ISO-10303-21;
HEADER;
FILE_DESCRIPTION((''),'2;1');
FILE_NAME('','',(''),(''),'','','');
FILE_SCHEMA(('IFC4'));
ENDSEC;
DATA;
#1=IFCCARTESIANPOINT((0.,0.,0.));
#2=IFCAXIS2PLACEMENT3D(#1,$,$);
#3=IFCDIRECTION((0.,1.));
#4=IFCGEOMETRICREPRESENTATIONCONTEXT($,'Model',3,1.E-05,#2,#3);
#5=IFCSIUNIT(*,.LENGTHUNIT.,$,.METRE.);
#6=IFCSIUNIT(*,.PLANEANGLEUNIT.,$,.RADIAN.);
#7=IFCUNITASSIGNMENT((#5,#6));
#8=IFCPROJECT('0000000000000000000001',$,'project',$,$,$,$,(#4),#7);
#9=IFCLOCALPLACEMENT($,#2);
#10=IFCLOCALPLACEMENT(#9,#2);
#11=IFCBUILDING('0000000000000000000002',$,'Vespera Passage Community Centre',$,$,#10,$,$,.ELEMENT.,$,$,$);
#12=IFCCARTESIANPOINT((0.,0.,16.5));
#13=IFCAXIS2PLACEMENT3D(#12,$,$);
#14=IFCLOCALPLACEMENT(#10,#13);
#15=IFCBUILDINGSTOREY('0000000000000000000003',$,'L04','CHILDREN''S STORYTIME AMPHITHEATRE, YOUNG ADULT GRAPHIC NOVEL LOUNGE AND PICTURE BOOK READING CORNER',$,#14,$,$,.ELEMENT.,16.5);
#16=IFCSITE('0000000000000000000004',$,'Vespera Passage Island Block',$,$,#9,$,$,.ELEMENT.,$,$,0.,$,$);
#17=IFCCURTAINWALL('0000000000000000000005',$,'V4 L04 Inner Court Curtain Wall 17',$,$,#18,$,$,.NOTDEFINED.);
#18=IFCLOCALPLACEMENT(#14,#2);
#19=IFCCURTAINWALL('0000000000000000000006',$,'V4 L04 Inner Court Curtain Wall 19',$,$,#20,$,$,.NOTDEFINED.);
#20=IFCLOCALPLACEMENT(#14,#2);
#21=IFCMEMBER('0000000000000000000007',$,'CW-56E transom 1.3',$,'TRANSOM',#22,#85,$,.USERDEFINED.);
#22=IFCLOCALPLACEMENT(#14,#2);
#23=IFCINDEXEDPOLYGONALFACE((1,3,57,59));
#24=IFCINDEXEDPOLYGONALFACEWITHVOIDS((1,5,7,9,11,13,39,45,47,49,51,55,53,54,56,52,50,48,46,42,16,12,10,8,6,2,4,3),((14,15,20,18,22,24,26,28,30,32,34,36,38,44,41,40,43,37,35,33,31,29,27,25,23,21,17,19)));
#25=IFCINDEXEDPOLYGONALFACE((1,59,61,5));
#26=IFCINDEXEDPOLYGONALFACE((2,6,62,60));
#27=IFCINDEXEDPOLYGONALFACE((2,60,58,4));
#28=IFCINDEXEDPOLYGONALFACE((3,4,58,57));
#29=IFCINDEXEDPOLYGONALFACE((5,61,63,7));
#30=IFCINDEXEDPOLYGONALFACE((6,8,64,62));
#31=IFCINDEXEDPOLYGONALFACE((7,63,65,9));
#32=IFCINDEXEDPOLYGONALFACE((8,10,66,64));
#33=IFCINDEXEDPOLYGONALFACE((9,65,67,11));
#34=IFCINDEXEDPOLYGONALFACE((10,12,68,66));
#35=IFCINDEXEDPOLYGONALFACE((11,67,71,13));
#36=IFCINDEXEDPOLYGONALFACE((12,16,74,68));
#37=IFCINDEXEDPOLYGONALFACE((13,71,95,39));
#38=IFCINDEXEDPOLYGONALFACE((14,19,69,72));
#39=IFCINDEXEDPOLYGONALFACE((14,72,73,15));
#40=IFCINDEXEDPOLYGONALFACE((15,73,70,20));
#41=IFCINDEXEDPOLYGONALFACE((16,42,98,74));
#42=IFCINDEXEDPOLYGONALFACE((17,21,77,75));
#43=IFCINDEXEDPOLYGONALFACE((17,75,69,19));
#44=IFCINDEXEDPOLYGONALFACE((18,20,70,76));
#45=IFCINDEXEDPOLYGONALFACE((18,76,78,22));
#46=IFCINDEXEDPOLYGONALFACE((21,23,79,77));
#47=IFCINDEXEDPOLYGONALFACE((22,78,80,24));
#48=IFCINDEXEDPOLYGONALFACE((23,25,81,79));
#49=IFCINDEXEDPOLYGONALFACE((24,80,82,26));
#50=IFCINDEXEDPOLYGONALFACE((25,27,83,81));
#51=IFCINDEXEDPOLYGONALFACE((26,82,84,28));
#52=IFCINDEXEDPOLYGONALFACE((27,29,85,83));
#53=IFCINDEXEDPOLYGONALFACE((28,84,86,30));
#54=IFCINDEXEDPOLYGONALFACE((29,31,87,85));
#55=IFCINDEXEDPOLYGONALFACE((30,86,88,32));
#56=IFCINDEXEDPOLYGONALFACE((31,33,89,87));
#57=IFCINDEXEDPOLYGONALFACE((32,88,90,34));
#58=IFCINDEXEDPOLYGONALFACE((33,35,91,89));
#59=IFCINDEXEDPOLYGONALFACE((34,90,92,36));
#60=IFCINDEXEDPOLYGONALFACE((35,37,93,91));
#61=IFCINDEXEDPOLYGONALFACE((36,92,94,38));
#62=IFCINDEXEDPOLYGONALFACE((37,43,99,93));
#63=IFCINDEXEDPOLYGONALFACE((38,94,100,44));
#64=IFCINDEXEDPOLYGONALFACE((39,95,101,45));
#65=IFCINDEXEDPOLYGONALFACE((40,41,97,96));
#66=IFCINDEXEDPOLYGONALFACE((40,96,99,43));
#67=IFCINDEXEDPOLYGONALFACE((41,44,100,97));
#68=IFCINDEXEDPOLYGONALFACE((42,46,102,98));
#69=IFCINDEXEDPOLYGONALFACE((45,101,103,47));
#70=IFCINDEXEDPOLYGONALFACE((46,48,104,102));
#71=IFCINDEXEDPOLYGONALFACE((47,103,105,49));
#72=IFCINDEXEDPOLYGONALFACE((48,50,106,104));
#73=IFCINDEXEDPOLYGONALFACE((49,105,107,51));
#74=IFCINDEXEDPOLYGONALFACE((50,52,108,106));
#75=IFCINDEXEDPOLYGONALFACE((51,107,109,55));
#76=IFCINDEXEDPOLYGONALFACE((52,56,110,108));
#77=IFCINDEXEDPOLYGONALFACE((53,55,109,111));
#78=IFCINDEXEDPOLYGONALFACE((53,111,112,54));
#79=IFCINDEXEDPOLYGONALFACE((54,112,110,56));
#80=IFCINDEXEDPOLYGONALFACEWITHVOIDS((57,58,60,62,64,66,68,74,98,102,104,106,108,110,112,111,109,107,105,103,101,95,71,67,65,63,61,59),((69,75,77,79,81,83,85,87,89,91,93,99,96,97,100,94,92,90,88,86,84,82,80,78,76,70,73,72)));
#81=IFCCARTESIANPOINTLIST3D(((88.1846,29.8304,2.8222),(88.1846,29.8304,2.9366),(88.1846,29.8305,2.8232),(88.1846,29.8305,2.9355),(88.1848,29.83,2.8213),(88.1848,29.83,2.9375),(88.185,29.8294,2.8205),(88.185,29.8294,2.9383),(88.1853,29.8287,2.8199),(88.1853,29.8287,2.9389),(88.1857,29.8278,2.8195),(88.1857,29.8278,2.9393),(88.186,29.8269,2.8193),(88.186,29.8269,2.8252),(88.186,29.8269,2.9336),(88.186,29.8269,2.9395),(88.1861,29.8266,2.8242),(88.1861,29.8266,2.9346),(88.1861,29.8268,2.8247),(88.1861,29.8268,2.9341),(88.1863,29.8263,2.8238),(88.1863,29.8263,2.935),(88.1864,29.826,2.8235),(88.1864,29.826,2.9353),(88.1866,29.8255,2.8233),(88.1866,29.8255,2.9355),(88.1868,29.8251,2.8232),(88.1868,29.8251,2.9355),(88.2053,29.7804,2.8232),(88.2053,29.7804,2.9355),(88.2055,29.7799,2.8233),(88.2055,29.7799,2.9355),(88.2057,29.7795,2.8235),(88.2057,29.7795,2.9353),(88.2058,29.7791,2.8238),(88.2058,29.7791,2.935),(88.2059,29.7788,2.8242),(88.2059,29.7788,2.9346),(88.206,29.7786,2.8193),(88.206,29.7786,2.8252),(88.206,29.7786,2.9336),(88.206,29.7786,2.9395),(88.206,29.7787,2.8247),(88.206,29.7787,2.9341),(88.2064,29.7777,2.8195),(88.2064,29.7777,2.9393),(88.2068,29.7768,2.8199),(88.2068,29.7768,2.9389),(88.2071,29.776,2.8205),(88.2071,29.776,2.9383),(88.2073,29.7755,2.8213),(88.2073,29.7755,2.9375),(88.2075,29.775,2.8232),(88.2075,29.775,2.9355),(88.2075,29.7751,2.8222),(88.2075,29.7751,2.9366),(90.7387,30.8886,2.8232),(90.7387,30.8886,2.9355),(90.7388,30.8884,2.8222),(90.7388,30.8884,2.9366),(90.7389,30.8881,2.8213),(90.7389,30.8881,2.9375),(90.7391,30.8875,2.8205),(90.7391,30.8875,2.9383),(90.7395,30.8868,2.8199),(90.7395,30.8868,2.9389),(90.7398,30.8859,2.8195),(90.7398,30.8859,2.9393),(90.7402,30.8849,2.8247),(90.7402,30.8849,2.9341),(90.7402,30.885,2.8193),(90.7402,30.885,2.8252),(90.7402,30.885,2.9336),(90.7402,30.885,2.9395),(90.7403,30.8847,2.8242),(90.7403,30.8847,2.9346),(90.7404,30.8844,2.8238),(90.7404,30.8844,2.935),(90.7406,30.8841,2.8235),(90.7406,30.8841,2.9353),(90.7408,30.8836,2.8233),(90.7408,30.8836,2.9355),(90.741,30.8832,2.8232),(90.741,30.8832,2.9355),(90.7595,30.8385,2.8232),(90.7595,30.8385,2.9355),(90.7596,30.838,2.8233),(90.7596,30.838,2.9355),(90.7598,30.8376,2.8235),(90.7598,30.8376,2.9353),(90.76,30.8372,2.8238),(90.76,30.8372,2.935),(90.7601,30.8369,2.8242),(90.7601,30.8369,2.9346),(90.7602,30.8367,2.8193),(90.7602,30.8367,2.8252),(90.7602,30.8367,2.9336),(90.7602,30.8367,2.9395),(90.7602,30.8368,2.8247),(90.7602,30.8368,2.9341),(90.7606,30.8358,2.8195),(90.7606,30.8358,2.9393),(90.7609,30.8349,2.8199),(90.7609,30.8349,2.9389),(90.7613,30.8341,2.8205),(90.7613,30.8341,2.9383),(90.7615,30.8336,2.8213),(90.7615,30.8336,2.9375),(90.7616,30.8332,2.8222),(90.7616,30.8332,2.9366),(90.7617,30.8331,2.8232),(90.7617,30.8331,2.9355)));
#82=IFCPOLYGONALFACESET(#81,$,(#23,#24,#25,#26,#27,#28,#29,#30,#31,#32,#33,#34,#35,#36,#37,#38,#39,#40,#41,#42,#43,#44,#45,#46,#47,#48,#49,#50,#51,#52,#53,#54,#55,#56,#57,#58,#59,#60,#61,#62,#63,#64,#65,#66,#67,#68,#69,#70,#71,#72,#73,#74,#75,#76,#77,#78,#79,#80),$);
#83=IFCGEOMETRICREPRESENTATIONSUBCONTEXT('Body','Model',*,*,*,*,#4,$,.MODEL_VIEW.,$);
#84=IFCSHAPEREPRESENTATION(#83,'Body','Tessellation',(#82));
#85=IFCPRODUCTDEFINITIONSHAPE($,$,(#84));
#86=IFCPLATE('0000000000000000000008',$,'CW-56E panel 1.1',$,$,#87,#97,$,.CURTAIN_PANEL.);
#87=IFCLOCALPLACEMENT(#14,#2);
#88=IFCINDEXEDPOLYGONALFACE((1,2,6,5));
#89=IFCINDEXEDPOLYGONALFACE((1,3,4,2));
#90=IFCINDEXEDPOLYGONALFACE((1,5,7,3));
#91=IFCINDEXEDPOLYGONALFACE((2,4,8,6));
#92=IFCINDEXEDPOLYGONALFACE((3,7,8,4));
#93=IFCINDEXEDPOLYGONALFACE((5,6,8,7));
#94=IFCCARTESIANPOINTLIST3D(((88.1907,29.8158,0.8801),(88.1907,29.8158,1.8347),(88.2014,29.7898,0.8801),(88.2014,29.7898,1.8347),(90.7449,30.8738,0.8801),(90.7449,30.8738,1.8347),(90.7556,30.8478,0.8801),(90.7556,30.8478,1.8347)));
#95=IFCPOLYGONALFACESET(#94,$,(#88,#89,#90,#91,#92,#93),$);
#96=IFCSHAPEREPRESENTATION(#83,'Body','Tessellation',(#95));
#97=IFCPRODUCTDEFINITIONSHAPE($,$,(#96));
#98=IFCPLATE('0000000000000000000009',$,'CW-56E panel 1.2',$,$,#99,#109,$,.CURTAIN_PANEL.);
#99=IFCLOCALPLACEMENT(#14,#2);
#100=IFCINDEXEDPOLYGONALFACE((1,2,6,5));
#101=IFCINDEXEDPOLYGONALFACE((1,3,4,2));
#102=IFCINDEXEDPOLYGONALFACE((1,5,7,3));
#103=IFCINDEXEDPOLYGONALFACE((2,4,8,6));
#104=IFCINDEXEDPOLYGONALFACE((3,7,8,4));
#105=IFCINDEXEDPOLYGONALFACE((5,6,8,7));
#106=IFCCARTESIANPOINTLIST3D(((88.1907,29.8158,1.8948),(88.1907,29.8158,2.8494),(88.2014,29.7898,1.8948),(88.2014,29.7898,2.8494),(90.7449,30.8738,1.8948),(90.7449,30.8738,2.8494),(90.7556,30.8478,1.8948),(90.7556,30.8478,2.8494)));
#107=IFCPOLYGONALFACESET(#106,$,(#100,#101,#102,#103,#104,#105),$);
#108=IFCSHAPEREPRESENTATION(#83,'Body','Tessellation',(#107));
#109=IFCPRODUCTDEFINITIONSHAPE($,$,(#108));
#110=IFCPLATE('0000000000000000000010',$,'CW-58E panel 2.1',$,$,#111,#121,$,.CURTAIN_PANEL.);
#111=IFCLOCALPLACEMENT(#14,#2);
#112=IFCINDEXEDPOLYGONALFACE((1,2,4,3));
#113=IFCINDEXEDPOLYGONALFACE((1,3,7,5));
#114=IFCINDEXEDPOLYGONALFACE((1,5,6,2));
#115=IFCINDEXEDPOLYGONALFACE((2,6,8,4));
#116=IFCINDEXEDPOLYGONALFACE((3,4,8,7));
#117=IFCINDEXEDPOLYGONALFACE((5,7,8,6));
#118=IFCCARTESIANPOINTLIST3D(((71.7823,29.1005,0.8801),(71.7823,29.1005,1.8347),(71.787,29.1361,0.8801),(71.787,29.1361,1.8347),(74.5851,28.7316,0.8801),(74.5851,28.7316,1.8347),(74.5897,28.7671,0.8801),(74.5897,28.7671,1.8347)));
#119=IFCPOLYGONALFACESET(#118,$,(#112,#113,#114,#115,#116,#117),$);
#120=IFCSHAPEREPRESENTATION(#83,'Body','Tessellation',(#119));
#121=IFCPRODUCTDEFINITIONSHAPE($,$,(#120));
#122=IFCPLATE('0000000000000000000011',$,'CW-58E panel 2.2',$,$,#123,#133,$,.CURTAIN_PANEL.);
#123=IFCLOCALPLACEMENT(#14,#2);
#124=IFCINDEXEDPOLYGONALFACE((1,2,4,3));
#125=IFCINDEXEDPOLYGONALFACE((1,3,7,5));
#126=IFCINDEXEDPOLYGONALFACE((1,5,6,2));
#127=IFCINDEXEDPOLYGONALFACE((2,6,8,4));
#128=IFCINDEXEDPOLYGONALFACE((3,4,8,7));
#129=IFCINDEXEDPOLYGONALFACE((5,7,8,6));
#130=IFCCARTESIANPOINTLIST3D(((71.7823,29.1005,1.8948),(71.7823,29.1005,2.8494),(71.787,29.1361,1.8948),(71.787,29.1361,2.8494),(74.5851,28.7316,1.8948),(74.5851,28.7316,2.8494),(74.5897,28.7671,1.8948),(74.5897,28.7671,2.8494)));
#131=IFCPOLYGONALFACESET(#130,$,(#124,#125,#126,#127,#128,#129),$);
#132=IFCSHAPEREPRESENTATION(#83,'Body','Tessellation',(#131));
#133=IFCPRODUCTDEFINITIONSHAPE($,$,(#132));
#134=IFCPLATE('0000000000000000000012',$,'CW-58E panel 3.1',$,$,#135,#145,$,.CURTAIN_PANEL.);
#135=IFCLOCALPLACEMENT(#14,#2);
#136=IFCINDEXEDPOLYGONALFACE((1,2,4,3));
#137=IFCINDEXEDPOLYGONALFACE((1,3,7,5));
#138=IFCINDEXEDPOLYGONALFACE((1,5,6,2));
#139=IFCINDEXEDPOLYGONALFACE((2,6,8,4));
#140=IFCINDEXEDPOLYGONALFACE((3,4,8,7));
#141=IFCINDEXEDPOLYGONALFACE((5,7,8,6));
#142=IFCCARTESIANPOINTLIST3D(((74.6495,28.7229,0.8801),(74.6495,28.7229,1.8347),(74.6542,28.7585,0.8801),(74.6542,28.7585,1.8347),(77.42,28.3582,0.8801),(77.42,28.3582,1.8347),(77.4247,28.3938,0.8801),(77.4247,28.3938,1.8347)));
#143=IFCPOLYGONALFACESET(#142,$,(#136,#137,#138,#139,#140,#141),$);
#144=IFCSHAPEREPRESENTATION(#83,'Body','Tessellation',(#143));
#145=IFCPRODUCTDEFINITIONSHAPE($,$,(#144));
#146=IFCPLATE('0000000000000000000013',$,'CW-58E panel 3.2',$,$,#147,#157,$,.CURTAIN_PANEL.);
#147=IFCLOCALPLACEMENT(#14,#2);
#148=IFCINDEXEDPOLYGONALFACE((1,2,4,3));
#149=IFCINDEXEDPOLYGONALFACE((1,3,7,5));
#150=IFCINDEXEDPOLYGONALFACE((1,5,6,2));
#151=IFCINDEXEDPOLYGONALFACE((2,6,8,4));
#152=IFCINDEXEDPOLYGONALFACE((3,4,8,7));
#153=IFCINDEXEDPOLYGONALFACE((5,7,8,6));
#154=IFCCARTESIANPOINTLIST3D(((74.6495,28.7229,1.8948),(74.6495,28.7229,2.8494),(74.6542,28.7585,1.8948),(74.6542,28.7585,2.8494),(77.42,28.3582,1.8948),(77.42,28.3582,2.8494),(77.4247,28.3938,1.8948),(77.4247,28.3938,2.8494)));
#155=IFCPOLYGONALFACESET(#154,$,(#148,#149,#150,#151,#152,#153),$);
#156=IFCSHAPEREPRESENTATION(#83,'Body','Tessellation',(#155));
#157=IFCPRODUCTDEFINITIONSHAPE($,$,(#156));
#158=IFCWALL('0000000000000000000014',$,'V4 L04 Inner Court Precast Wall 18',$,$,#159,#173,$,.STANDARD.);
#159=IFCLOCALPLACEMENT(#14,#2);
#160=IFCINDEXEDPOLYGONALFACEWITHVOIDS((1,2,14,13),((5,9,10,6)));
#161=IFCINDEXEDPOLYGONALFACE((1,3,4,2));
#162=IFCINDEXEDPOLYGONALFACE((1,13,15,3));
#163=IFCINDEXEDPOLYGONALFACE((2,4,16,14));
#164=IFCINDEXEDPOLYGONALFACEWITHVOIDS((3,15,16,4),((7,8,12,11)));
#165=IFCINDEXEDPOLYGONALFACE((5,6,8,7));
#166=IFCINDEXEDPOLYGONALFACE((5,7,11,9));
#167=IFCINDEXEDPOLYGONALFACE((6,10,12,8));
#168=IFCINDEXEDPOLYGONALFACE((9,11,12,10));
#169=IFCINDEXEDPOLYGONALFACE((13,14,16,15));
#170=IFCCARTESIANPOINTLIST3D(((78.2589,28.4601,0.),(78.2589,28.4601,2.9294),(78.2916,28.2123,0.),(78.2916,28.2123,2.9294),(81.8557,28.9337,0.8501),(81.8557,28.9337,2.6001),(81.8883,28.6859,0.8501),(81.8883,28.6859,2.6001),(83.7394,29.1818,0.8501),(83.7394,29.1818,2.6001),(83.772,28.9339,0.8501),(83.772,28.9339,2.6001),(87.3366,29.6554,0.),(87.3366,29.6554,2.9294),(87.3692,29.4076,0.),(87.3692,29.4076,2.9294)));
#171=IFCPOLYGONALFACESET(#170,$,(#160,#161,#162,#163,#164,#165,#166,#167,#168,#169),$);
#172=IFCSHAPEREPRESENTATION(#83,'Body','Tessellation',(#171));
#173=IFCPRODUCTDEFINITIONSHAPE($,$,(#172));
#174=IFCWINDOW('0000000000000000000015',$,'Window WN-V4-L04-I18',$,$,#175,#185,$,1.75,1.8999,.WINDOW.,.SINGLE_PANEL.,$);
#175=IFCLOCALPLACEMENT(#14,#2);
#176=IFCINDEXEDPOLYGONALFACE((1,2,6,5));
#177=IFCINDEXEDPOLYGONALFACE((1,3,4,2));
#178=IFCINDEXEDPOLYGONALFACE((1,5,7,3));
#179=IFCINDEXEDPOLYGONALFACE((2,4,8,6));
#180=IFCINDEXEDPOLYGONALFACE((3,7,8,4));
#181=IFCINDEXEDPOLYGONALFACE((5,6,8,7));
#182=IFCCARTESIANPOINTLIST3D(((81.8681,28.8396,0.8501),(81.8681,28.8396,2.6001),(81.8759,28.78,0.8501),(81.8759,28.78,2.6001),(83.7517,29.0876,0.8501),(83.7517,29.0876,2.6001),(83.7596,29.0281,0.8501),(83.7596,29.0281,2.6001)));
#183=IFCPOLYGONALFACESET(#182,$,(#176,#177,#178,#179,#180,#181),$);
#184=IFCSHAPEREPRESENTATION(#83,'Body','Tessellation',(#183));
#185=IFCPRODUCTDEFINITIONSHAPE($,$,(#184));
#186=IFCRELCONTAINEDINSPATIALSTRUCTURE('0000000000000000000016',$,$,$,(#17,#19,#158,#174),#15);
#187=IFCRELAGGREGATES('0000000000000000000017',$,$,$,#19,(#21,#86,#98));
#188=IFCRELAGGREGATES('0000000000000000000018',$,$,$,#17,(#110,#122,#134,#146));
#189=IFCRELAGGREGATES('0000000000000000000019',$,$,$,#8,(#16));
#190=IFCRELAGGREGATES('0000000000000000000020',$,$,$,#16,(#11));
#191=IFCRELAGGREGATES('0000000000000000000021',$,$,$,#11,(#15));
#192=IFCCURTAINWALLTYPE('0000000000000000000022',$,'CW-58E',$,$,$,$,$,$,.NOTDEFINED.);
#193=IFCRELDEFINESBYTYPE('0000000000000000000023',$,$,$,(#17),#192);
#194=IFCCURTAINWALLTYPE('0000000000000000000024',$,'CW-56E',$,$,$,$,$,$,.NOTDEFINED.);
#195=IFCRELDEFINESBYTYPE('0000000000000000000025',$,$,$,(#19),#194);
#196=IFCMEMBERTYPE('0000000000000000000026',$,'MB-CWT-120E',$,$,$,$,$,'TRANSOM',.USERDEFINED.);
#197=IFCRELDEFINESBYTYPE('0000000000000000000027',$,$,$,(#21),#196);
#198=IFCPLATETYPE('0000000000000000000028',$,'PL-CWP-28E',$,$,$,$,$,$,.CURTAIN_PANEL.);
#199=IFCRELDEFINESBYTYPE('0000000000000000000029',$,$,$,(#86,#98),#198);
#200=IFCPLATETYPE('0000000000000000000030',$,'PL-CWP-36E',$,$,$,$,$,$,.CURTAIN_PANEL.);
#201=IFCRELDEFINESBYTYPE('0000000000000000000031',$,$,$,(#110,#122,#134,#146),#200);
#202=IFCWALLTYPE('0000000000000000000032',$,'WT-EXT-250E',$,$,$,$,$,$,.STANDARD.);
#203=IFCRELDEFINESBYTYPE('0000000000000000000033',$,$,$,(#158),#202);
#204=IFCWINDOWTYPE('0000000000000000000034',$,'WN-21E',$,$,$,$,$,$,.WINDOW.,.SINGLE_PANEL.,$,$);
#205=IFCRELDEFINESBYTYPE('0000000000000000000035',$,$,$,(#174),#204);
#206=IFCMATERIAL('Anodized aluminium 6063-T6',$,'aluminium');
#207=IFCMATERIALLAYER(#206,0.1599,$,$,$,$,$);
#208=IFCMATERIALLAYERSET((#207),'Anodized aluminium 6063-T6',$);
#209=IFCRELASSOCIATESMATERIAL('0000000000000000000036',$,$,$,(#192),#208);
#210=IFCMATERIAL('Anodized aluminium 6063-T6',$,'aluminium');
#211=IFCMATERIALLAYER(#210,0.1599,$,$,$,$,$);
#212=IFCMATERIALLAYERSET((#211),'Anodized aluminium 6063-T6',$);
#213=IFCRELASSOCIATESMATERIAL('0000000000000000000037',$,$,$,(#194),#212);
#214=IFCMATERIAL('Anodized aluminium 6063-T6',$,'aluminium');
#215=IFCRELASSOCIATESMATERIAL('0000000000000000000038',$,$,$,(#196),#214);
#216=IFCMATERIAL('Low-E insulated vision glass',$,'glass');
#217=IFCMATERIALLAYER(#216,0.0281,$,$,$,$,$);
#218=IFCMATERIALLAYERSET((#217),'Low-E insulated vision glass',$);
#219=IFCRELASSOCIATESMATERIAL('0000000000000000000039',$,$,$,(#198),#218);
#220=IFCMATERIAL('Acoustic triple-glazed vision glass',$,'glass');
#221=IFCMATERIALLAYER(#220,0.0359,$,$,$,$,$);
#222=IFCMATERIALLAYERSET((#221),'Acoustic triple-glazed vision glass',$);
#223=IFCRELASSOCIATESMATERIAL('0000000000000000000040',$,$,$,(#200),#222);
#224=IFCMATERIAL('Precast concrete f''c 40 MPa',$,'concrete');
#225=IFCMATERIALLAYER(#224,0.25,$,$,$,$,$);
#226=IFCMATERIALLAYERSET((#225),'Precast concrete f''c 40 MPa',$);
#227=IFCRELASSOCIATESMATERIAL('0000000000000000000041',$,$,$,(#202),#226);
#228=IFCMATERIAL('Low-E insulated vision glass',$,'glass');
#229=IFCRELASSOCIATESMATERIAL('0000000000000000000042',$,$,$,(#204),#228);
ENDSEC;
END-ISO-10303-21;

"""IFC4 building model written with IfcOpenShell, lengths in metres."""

from ifc_helpers import new_model, si_unit, direction, frame, frame_2d, origin, origin_2d, place, context, subcontext, project, spatial, rectangle, hollow_rectangle, extrude, material, layer, layer_set, material_profile, profile_set, type_object, element, fill, aggregate, save


model = new_model("IFC4")

# Units and contexts
model_context = context("Model", 3, precision=1e-05, world=origin(), true_north=direction((0.0, 1.0)))
body_context = subcontext(model_context, "Body", "Model", "MODEL_VIEW")
ifc_project = project(units=[si_unit("LENGTHUNIT", "METRE"), si_unit("PLANEANGLEUNIT", "RADIAN")], contexts=[model_context])

# Site, building, storey
site_placement = place(None, origin())
site = spatial("IfcSite", under=ifc_project, at=site_placement, Name="Vespera Passage Island Block", CompositionType="ELEMENT", RefElevation=0.0)
building_placement = place(site_placement, origin())
building = spatial("IfcBuilding", under=site, at=building_placement, Name="Vespera Passage Community Centre", CompositionType="ELEMENT")
storey_placement = place(building_placement, frame((0.0, 0.0, 16.5)))
storey = spatial("IfcBuildingStorey", under=building, at=storey_placement, Name="L04", Description="CHILDREN'S STORYTIME AMPHITHEATRE, YOUNG ADULT GRAPHIC NOVEL LOUNGE AND PICTURE BOOK READING CORNER", CompositionType="ELEMENT", Elevation=16.5)

# Curtain wall
ifc_material_1 = material(Name="Anodized aluminium 6063-T6", Category="aluminium")
ifc_layer_1 = layer(ifc_material_1, 0.1599)
ifc_layer_set_1 = layer_set([ifc_layer_1], Name="Anodized aluminium 6063-T6")
curtain_wall_type_1 = type_object("IfcCurtainWallType", Name="CW-58E", PredefinedType="NOTDEFINED", material=ifc_layer_set_1)
curtain_wall_1_placement = place(storey_placement, origin())
curtain_wall_1 = element("IfcCurtainWall", 1, at=curtain_wall_1_placement, inside=storey, type_object=curtain_wall_type_1, Name="V4 L04 Inner Court Curtain Wall 17", PredefinedType="NOTDEFINED")

# Curtain wall
ifc_material_2 = material(Name="Anodized aluminium 6063-T6", Category="aluminium")
ifc_layer_2 = layer(ifc_material_2, 0.1599)
ifc_layer_set_2 = layer_set([ifc_layer_2], Name="Anodized aluminium 6063-T6")
curtain_wall_type_2 = type_object("IfcCurtainWallType", Name="CW-56E", PredefinedType="NOTDEFINED", material=ifc_layer_set_2)
curtain_wall_2_placement = place(storey_placement, origin())
curtain_wall_2 = element("IfcCurtainWall", 2, at=curtain_wall_2_placement, inside=storey, type_object=curtain_wall_type_2, Name="V4 L04 Inner Court Curtain Wall 19", PredefinedType="NOTDEFINED")

# Member
ifc_material_3 = material(Name="Anodized aluminium 6063-T6", Category="aluminium")
ifc_material_profile_1 = material_profile(ifc_material_3, hollow_rectangle(XDim=0.0601, YDim=0.1201, WallThickness=0.0039, InnerFilletRadius=0.002, OuterFilletRadius=0.0039, at=origin_2d()), Name="ALU120X60X4")
ifc_profile_set_1 = profile_set([ifc_material_profile_1], Name="Anodized aluminium 6063-T6")
member_type_1 = type_object("IfcMemberType", Name="MB-CWT-120E", ElementType="TRANSOM", PredefinedType="USERDEFINED", material=ifc_profile_set_1)
member_1_placement = place(storey_placement, frame((88.196, 29.8027, 2.8794), z_axis=(0.923864, 0.382721, 0.0), x_axis=(-0.382721, 0.923864, 0.0)))
member_1 = element("IfcMember", 3, at=member_1_placement, type_object=member_type_1, Name="CW-56E transom 1.3", ObjectType="TRANSOM", PredefinedType="USERDEFINED", context=body_context, shape_type="SweptSolid", body=[
    extrude(hollow_rectangle(XDim=0.0601, YDim=0.1201, WallThickness=0.0039, InnerFilletRadius=0.002, OuterFilletRadius=0.0039, at=origin_2d()), origin(), (0.0, 0.0, 1.0), 2.7646),
])

# Plates
ifc_material_4 = material(Name="Low-E insulated vision glass", Category="glass")
ifc_layer_3 = layer(ifc_material_4, 0.0281)
ifc_layer_set_3 = layer_set([ifc_layer_3], Name="Low-E insulated vision glass")
plate_type_1 = type_object("IfcPlateType", Name="PL-CWP-28E", PredefinedType="CURTAIN_PANEL", material=ifc_layer_set_3)
plate_1_placement = place(storey_placement, frame((89.4731, 30.3318, 0.8801), z_axis=(0.0, 0.0, 1.0), x_axis=(0.923877, 0.38269, 0.0)))
plate_1 = element("IfcPlate", 4, at=plate_1_placement, type_object=plate_type_1, Name="CW-56E panel 1.1", PredefinedType="CURTAIN_PANEL", context=body_context, shape_type="SweptSolid", body=[
    extrude(rectangle(XDim=2.7646, YDim=0.0281, at=origin_2d()), origin(), (0.0, 0.0, 1.0), 0.9546),
])
plate_2_placement = place(storey_placement, frame((89.4731, 30.3318, 1.8948), z_axis=(0.0, 0.0, 1.0), x_axis=(0.923877, 0.38269, 0.0)))
plate_2 = element("IfcPlate", 5, at=plate_2_placement, type_object=plate_type_1, Name="CW-56E panel 1.2", PredefinedType="CURTAIN_PANEL", context=body_context, shape_type="SweptSolid", body=[
    extrude(rectangle(XDim=2.7646, YDim=0.0281, at=origin_2d()), origin(), (0.0, 0.0, 1.0), 0.9546),
])
aggregate(curtain_wall_2, [member_1, plate_1, plate_2])
ifc_material_5 = material(Name="Acoustic triple-glazed vision glass", Category="glass")
ifc_layer_4 = layer(ifc_material_5, 0.0359)
ifc_layer_set_4 = layer_set([ifc_layer_4], Name="Acoustic triple-glazed vision glass")
plate_type_2 = type_object("IfcPlateType", Name="PL-CWP-36E", PredefinedType="CURTAIN_PANEL", material=ifc_layer_set_4)
plate_3_placement = place(storey_placement, frame((73.186, 28.9338, 0.8801), z_axis=(0.0, 0.0, 1.0), x_axis=(0.991445, -0.130522, 0.0)))
plate_3 = element("IfcPlate", 6, at=plate_3_placement, type_object=plate_type_2, Name="CW-58E panel 2.1", PredefinedType="CURTAIN_PANEL", context=body_context, shape_type="SweptSolid", body=[
    extrude(rectangle(XDim=2.8269, YDim=0.0359, at=origin_2d()), origin(), (0.0, 0.0, 1.0), 0.9546),
])
plate_4_placement = place(storey_placement, frame((73.186, 28.9338, 1.8948), z_axis=(0.0, 0.0, 1.0), x_axis=(0.991445, -0.130522, 0.0)))
plate_4 = element("IfcPlate", 7, at=plate_4_placement, type_object=plate_type_2, Name="CW-58E panel 2.2", PredefinedType="CURTAIN_PANEL", context=body_context, shape_type="SweptSolid", body=[
    extrude(rectangle(XDim=2.8269, YDim=0.0359, at=origin_2d()), origin(), (0.0, 0.0, 1.0), 0.9546),
])
plate_5_placement = place(storey_placement, frame((76.0371, 28.5583, 0.8801), z_axis=(0.0, 0.0, 1.0), x_axis=(0.991445, -0.130522, 0.0)))
plate_5 = element("IfcPlate", 8, at=plate_5_placement, type_object=plate_type_2, Name="CW-58E panel 3.1", PredefinedType="CURTAIN_PANEL", context=body_context, shape_type="SweptSolid", body=[
    extrude(rectangle(XDim=2.7944, YDim=0.0359, at=origin_2d()), origin(), (0.0, 0.0, 1.0), 0.9546),
])
plate_6_placement = place(storey_placement, frame((76.0371, 28.5583, 1.8948), z_axis=(0.0, 0.0, 1.0), x_axis=(0.991445, -0.130522, 0.0)))
plate_6 = element("IfcPlate", 9, at=plate_6_placement, type_object=plate_type_2, Name="CW-58E panel 3.2", PredefinedType="CURTAIN_PANEL", context=body_context, shape_type="SweptSolid", body=[
    extrude(rectangle(XDim=2.7944, YDim=0.0359, at=origin_2d()), origin(), (0.0, 0.0, 1.0), 0.9546),
])
aggregate(curtain_wall_1, [plate_3, plate_4, plate_5, plate_6])

# Wall, opening, window
ifc_material_6 = material(Name="Precast concrete f'c 40 MPa", Category="concrete")
ifc_layer_5 = layer(ifc_material_6, 0.25)
ifc_layer_set_5 = layer_set([ifc_layer_5], Name="Precast concrete f'c 40 MPa")
wall_type = type_object("IfcWallType", Name="WT-EXT-250E", PredefinedType="STANDARD", material=ifc_layer_set_5)
wall_1_placement = place(storey_placement, frame((78.2751, 28.3362, 0.0), z_axis=(0.0, 0.0, 1.0), x_axis=(0.991442, 0.13055, 0.0)))
wall_1 = element("IfcWall", 10, at=wall_1_placement, inside=storey, type_object=wall_type, Name="V4 L04 Inner Court Precast Wall 18", PredefinedType="STANDARD", context=body_context, shape_type="SweptSolid", body=[
    extrude(rectangle(XDim=9.156, YDim=0.25, at=frame_2d((4.5781, 0.0))), origin(), (0.0, 0.0, 1.0), 2.9294),
])
opening_placement = place(wall_1_placement, frame((3.6279, 0.0, 0.8501)))
opening = element("IfcOpeningElement", 11, at=opening_placement, cuts=wall_1, PredefinedType="OPENING", context=body_context, shape_type="SweptSolid", body=[
    extrude(rectangle(XDim=1.8999, YDim=1.75, at=frame_2d((0.95, 0.875))), frame((0.0, 0.135, 0.0), z_axis=(0.0, -1.0, 0.0), x_axis=(1.0, 0.0, 0.0)), (0.0, 0.0, 1.0), 0.27),
])
ifc_material_7 = material(Name="Low-E insulated vision glass", Category="glass")
window_type = type_object("IfcWindowType", Name="WN-21E", PartitioningType="SINGLE_PANEL", PredefinedType="WINDOW", material=ifc_material_7)
window_placement = place(opening_placement, origin())
window = element("IfcWindow", 12, at=window_placement, inside=storey, type_object=window_type, Name="Window WN-V4-L04-I18", OverallHeight=1.75, OverallWidth=1.8999, PartitioningType="SINGLE_PANEL", PredefinedType="WINDOW", context=body_context, shape_type="SweptSolid", body=[
    extrude(rectangle(XDim=1.8999, YDim=1.75, at=frame_2d((0.95, 0.875))), frame((0.0, 0.03, 0.0), z_axis=(0.0, -1.0, 0.0), x_axis=(1.0, 0.0, 0.0)), (0.0, 0.0, 1.0), 0.0601),
])
fill(opening, window)

save(model, "model.ifc")
